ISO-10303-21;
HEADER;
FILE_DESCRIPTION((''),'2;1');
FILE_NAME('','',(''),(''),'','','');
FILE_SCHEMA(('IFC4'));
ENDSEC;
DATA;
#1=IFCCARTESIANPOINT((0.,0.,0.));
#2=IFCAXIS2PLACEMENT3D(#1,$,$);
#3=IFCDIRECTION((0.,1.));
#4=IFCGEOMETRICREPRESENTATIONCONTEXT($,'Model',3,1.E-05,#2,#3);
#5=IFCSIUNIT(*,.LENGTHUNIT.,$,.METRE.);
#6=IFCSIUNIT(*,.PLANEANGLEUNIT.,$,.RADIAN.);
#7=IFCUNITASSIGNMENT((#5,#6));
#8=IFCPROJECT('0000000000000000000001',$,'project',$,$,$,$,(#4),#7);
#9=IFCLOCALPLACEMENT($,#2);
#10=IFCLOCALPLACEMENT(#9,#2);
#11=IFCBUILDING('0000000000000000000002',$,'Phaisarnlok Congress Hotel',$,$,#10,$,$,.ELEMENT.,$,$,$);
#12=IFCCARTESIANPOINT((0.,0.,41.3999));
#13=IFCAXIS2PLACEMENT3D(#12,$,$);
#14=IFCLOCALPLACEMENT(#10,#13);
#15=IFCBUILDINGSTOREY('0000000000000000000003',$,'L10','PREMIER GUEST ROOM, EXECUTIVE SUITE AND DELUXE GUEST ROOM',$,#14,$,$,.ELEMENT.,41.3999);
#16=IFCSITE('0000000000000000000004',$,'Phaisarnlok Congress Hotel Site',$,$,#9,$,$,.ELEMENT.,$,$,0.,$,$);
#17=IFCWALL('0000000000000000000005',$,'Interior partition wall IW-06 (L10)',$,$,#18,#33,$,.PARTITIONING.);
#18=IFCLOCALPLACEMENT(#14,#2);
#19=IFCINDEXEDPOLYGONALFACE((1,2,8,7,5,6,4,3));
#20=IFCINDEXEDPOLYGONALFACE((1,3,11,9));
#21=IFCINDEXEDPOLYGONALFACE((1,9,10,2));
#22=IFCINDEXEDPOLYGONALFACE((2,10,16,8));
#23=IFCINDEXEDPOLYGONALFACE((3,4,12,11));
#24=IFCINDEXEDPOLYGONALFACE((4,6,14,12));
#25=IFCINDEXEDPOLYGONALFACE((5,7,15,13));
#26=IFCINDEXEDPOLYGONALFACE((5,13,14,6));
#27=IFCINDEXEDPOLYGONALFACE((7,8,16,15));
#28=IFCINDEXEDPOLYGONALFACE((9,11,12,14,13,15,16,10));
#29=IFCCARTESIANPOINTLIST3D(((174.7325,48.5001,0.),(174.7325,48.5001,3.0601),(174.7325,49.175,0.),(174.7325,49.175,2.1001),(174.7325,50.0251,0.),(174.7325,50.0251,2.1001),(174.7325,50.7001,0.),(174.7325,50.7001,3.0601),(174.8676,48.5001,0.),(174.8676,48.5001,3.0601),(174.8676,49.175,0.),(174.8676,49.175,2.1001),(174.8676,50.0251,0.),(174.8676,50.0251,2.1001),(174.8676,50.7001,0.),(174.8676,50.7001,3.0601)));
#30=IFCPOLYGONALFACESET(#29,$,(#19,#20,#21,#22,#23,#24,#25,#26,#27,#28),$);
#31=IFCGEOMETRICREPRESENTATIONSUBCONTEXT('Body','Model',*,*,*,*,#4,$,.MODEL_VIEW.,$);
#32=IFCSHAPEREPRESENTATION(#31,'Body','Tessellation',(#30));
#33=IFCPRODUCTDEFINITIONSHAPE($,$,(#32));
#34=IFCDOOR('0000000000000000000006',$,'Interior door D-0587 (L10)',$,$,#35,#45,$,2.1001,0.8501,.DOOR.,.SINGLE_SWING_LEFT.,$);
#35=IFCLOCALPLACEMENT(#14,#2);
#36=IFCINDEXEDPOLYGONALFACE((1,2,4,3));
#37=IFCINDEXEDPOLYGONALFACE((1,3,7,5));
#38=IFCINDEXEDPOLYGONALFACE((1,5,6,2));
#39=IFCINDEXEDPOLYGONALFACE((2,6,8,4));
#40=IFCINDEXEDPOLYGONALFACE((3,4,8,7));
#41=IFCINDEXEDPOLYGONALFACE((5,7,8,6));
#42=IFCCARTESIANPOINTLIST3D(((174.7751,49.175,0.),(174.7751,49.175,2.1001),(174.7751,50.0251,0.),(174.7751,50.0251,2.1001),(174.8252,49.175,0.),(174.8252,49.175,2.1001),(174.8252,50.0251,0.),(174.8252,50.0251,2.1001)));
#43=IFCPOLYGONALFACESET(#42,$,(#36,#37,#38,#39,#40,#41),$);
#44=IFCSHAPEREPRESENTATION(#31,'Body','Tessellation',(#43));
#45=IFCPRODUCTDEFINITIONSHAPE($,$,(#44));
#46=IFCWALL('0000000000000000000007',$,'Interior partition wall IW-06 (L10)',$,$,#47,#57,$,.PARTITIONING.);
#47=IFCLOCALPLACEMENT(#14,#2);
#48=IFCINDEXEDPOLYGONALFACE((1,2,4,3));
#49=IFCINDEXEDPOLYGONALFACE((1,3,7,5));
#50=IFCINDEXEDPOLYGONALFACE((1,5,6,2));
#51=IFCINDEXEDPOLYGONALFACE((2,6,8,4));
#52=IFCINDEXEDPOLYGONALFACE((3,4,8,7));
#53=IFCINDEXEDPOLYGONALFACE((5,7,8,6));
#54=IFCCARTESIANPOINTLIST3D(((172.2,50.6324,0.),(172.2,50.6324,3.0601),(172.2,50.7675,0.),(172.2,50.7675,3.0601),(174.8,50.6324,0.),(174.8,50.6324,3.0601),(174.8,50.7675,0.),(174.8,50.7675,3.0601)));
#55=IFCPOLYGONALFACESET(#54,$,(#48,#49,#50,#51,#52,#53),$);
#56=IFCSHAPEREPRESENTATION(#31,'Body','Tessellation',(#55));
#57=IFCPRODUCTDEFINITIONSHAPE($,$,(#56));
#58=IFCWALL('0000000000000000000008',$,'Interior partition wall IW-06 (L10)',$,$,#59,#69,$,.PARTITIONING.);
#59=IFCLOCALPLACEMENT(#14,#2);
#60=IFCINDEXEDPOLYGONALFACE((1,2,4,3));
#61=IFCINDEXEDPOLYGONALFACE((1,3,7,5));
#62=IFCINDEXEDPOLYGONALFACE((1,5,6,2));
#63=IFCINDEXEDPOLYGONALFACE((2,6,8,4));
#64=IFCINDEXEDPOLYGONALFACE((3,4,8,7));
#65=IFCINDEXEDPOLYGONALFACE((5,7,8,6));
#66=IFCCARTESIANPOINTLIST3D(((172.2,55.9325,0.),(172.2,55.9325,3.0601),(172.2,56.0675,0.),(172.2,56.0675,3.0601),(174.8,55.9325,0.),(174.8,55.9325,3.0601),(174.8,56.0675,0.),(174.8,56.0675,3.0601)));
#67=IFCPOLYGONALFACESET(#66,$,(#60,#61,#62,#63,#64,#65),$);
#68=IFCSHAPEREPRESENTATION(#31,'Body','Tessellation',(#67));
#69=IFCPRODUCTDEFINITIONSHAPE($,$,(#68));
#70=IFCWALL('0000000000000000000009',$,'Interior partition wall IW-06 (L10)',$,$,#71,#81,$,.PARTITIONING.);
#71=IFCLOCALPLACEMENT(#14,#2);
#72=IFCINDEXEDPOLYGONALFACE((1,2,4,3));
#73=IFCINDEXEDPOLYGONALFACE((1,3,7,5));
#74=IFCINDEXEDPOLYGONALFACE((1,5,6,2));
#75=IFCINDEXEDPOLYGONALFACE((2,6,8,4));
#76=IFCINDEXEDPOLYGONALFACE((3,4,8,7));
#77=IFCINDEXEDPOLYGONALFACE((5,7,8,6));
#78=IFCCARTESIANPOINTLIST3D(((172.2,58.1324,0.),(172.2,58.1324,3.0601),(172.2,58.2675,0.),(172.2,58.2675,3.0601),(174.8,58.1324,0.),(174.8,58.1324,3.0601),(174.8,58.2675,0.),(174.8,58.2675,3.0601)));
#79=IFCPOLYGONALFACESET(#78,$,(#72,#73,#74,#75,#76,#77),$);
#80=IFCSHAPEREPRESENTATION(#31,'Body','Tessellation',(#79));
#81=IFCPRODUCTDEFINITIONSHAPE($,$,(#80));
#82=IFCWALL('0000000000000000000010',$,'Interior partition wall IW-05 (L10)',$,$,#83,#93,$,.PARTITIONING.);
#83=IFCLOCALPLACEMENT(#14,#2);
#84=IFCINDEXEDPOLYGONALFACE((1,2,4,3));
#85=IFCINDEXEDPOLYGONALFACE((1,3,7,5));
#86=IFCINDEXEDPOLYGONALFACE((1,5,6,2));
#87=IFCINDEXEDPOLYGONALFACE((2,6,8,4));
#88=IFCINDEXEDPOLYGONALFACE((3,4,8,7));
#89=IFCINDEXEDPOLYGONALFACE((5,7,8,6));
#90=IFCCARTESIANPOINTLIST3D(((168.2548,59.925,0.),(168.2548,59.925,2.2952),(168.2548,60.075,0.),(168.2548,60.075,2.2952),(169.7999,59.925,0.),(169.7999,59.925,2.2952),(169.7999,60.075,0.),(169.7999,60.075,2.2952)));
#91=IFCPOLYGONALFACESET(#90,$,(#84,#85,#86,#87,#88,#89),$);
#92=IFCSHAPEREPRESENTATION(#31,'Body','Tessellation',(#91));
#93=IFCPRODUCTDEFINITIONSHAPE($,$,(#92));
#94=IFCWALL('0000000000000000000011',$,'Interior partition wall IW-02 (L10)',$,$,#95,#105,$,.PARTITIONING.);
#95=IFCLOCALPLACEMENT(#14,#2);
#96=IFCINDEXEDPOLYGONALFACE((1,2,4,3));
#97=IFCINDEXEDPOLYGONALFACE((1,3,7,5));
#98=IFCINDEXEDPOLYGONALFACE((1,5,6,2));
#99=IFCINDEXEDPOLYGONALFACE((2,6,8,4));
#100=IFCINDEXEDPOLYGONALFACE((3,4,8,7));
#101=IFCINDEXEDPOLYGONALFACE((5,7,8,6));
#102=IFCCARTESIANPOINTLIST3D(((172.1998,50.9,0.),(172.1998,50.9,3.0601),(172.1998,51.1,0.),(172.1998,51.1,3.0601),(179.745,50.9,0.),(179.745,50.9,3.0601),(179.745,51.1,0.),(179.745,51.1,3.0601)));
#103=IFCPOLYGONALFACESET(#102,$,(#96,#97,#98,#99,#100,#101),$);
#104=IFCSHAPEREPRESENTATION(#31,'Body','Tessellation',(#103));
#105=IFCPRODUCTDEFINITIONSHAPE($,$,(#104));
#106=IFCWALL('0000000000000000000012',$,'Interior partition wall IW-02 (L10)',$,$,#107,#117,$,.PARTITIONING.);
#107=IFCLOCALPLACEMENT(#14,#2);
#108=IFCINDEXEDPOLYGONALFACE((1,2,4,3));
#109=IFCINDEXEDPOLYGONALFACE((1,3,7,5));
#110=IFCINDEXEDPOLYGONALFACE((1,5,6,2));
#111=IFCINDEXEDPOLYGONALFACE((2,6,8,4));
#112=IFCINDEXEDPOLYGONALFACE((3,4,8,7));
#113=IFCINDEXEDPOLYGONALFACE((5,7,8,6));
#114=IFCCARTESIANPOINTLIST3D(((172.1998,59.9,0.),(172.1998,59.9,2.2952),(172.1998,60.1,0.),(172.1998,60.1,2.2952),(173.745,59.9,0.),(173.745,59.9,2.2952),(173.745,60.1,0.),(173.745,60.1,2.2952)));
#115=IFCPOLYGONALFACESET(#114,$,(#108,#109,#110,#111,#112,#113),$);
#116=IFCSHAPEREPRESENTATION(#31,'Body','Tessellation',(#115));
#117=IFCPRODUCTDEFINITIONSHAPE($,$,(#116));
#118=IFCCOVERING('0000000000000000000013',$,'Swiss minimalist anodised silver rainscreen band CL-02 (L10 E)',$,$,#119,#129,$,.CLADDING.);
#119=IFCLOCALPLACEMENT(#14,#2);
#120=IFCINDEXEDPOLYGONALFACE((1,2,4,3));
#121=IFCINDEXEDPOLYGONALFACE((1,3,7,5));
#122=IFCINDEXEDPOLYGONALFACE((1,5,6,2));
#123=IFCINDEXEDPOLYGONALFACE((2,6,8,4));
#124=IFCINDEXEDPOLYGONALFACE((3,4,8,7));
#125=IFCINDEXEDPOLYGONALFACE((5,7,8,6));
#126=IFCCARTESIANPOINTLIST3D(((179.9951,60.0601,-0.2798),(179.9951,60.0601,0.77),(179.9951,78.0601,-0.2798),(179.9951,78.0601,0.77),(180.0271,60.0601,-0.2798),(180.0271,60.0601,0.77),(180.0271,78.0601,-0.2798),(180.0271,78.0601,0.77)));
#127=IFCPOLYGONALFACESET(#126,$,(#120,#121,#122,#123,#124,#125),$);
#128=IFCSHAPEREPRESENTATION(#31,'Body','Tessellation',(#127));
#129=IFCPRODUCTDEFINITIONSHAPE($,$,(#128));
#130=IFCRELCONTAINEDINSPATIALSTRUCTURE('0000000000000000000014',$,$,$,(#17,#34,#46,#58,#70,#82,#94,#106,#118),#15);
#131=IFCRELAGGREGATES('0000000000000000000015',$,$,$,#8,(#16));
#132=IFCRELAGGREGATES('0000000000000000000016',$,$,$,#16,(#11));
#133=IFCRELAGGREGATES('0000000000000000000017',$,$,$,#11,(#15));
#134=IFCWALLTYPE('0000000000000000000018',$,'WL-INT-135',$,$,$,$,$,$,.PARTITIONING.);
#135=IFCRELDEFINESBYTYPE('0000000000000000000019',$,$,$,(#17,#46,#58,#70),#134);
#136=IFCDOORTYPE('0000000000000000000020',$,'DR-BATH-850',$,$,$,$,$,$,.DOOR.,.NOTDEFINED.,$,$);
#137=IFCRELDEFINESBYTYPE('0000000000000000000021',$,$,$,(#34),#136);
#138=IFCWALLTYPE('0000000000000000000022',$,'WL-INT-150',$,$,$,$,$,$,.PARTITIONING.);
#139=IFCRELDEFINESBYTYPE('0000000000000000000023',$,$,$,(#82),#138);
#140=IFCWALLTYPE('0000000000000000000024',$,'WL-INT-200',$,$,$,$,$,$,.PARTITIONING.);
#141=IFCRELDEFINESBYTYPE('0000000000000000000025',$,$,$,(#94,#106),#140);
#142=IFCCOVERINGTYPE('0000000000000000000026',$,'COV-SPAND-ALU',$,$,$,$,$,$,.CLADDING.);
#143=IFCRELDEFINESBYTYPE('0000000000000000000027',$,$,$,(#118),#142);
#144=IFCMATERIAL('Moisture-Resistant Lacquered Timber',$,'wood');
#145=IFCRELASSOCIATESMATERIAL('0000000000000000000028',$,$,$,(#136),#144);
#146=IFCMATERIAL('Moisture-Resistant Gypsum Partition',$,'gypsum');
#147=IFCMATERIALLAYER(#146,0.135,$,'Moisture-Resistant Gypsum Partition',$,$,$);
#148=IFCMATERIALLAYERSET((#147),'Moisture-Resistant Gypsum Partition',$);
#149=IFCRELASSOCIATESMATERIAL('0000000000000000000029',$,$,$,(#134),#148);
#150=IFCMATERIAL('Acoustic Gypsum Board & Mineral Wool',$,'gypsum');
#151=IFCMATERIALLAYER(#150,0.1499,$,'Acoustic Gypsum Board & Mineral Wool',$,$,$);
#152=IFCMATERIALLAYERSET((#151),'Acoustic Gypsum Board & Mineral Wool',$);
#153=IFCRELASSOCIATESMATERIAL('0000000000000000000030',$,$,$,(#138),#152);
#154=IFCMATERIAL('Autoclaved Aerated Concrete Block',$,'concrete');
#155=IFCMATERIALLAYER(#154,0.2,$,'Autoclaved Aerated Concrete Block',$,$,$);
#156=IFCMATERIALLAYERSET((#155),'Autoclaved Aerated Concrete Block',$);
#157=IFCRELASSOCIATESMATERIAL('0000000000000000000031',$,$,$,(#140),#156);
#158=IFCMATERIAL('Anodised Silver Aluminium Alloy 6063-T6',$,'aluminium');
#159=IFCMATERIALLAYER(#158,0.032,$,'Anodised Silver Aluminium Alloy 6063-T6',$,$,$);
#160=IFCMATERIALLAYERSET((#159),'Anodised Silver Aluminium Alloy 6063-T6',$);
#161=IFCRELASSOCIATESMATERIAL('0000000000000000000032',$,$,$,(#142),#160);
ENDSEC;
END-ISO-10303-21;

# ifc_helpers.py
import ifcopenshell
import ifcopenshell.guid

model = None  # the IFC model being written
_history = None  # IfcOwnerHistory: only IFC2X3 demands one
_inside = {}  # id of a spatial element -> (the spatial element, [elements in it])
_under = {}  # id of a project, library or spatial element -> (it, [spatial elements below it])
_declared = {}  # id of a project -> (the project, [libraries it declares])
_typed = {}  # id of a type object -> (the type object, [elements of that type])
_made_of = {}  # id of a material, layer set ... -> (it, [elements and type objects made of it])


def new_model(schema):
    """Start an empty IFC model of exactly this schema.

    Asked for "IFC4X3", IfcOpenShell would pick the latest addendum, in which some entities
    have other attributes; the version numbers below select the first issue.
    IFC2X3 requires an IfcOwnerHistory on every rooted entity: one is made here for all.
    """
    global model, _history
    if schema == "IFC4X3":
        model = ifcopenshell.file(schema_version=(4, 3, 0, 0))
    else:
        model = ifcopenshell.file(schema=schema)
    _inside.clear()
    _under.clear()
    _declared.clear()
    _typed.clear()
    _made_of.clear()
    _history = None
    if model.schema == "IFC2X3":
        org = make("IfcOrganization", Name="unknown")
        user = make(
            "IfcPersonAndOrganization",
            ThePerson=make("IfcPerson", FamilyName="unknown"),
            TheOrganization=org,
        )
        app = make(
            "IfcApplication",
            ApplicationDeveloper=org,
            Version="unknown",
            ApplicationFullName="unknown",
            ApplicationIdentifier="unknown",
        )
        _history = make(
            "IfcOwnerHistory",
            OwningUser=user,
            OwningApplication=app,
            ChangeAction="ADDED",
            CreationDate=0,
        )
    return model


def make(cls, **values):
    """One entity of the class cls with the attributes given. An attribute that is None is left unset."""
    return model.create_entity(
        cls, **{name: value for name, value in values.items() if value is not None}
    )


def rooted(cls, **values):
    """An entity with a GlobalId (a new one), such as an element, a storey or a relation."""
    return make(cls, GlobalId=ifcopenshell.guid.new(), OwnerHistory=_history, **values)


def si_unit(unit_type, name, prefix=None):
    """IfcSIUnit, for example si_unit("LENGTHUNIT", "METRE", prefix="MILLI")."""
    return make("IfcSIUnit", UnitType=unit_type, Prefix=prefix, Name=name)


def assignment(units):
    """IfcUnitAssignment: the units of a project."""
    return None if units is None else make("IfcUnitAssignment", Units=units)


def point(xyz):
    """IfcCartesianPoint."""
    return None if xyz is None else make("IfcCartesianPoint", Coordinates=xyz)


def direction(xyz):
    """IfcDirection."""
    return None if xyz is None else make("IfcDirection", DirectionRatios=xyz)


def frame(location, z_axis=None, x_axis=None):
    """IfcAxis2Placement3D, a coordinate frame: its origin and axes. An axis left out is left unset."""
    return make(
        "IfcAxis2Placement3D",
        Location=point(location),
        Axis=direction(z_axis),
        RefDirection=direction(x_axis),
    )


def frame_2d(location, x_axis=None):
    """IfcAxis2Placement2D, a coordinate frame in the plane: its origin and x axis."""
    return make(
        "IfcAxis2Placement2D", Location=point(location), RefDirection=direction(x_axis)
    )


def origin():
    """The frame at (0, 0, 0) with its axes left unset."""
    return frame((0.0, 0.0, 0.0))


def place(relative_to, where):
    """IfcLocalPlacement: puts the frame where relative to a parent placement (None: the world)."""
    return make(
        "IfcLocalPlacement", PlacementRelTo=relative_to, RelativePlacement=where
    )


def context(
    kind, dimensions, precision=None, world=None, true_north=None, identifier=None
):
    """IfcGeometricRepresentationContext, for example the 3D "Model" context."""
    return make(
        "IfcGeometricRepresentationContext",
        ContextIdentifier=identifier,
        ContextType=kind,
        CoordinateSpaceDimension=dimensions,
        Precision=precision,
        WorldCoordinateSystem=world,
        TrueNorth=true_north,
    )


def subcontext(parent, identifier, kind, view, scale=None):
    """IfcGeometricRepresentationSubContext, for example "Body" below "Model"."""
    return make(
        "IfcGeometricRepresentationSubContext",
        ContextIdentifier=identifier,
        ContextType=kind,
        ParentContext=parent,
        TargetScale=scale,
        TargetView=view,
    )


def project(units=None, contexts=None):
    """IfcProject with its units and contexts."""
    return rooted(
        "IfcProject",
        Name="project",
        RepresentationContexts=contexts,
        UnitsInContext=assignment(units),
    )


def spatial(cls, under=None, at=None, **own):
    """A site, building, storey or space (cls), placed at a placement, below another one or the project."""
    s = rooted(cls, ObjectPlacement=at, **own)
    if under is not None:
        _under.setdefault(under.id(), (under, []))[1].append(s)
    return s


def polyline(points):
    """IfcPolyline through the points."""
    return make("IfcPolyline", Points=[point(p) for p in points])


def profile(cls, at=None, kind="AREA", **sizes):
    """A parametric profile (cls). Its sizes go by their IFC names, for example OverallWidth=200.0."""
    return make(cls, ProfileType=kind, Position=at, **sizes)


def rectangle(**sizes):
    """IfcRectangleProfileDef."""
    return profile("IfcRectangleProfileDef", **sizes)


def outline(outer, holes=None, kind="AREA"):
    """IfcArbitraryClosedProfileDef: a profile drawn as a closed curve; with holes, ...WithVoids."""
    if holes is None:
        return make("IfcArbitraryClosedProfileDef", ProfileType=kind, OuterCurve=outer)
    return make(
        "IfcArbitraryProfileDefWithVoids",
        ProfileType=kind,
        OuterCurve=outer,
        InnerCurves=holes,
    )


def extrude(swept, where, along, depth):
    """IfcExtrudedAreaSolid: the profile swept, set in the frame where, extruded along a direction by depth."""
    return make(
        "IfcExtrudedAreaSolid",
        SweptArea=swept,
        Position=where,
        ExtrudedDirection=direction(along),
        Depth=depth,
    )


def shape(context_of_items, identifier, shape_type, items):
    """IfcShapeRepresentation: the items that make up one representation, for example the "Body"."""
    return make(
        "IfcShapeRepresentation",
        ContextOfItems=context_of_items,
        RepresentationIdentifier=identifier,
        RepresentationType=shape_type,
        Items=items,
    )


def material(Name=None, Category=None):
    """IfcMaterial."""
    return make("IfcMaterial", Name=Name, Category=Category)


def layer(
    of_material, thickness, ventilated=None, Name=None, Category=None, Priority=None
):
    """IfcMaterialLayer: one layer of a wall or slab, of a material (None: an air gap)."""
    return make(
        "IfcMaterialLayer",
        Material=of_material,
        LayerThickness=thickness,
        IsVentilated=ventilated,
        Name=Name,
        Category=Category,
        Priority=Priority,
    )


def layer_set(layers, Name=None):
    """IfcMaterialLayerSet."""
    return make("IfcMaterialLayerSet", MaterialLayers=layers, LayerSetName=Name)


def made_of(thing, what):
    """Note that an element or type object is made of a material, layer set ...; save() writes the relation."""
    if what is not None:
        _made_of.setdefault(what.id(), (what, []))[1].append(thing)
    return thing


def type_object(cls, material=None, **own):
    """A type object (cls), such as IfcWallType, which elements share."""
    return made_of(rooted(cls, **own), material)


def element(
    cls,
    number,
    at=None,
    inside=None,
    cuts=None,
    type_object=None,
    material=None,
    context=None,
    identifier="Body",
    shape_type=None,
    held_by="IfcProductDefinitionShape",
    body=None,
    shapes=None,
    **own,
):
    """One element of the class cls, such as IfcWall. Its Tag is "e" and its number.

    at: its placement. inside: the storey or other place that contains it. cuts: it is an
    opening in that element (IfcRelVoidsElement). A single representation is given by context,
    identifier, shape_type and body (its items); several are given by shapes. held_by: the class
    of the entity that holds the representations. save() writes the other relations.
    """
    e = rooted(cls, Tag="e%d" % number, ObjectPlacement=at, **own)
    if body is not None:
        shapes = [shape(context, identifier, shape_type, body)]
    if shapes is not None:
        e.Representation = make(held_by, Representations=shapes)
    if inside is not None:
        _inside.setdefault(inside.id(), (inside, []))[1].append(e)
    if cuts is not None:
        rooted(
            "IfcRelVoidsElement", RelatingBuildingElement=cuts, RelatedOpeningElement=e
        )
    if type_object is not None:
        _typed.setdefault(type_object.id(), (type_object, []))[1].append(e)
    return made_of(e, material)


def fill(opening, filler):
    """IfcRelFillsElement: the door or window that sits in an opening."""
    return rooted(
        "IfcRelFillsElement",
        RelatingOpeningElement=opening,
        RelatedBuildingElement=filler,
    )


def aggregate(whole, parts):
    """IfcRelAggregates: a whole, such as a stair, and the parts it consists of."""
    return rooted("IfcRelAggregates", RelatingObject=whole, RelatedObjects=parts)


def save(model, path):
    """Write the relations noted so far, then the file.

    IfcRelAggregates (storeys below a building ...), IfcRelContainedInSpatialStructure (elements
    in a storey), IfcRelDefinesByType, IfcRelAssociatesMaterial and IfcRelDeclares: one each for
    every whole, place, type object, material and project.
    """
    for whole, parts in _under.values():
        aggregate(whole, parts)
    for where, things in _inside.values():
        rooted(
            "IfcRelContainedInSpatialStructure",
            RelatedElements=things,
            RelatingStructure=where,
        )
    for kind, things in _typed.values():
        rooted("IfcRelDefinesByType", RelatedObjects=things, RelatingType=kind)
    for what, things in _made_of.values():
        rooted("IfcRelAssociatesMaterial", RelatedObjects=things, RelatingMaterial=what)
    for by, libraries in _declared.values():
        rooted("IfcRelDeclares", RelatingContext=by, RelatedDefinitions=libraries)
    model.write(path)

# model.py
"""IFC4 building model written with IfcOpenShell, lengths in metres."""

from ifc_helpers import new_model, si_unit, direction, frame, frame_2d, origin, place, context, subcontext, project, spatial, polyline, rectangle, outline, extrude, material, layer, layer_set, type_object, element, fill, save


model = new_model("IFC4")

# Units and contexts
model_context = context("Model", 3, precision=1e-05, world=origin(), true_north=direction((0.0, 1.0)))
body_context = subcontext(model_context, "Body", "Model", "MODEL_VIEW")
ifc_project = project(units=[si_unit("LENGTHUNIT", "METRE"), si_unit("PLANEANGLEUNIT", "RADIAN")], contexts=[model_context])

# Site, building, storey
site_placement = place(None, origin())
site = spatial("IfcSite", under=ifc_project, at=site_placement, Name="Phaisarnlok Congress Hotel Site", CompositionType="ELEMENT", RefElevation=0.0)
building_placement = place(site_placement, origin())
building = spatial("IfcBuilding", under=site, at=building_placement, Name="Phaisarnlok Congress Hotel", CompositionType="ELEMENT")
storey_placement = place(building_placement, frame((0.0, 0.0, 41.3999)))
storey = spatial("IfcBuildingStorey", under=building, at=storey_placement, Name="L10", Description="PREMIER GUEST ROOM, EXECUTIVE SUITE AND DELUXE GUEST ROOM", CompositionType="ELEMENT", Elevation=41.3999)

# Wall, opening, door
ifc_material_1 = material(Name="Moisture-Resistant Lacquered Timber", Category="wood")
door_type = type_object("IfcDoorType", Name="DR-BATH-850", OperationType="NOTDEFINED", PredefinedType="DOOR", material=ifc_material_1)
ifc_material_2 = material(Name="Moisture-Resistant Gypsum Partition", Category="gypsum")
ifc_layer_1 = layer(ifc_material_2, 0.135, Name="Moisture-Resistant Gypsum Partition")
ifc_layer_set_1 = layer_set([ifc_layer_1], Name="Moisture-Resistant Gypsum Partition")
wall_type_1 = type_object("IfcWallType", Name="WL-INT-135", PredefinedType="PARTITIONING", material=ifc_layer_set_1)
wall_1_placement = place(storey_placement, frame((174.8, 48.5, 0.0), z_axis=(0.0, 0.0, 1.0), x_axis=(0.0, 1.0, 0.0)))
wall_1 = element("IfcWall", 1, at=wall_1_placement, inside=storey, type_object=wall_type_1, Name="Interior partition wall IW-06 (L10)", PredefinedType="PARTITIONING", context=body_context, shape_type="SweptSolid", body=[
    extrude(rectangle(XDim=2.2, YDim=0.135, at=frame_2d((1.1001, 0.0))), origin(), (0.0, 0.0, 1.0), 3.0601),
])
opening_1_placement = place(wall_1_placement, frame((0.675, 0.0, 0.0)))
opening_1 = element("IfcOpeningElement", 2, at=opening_1_placement, cuts=wall_1, PredefinedType="OPENING", context=body_context, shape_type="SweptSolid", body=[
    extrude(rectangle(XDim=0.8501, YDim=2.1001, at=frame_2d((0.425, 1.05))), frame((0.0, 0.0776, 0.0), z_axis=(0.0, -1.0, 0.0), x_axis=(1.0, 0.0, 0.0)), (0.0, 0.0, 1.0), 0.155),
])
door_1_placement = place(opening_1_placement, origin())
door_1 = element("IfcDoor", 3, at=door_1_placement, inside=storey, type_object=door_type, Name="Interior door D-0587 (L10)", OperationType="SINGLE_SWING_LEFT", OverallHeight=2.1001, OverallWidth=0.8501, PredefinedType="DOOR", context=body_context, shape_type="SweptSolid", body=[
    extrude(rectangle(XDim=0.8501, YDim=2.1001, at=frame_2d((0.425, 1.05))), frame((0.0, 0.0249, 0.0), z_axis=(0.0, -1.0, 0.0), x_axis=(1.0, 0.0, 0.0)), (0.0, 0.0, 1.0), 0.05),
])
fill(opening_1, door_1)

# Walls
for number, where, z_axis, x_axis, name in (
    (4, (172.2, 50.7, 0.0), (0.0, 0.0, 1.0), (1.0, 0.0, 0.0), "Interior partition wall IW-06 (L10)"),
    (5, (172.2, 56.0, 0.0), (0.0, 0.0, 1.0), (1.0, 0.0, 0.0), "Interior partition wall IW-06 (L10)"),
    (6, (172.2, 58.2, 0.0), (0.0, 0.0, 1.0), (1.0, 0.0, 0.0), "Interior partition wall IW-06 (L10)"),
):
    element("IfcWall", number, at=place(storey_placement, frame(where, z_axis=z_axis, x_axis=x_axis)), inside=storey, type_object=wall_type_1, Name=name, PredefinedType="PARTITIONING", context=body_context, shape_type="SweptSolid", body=[
        extrude(rectangle(XDim=2.6001, YDim=0.135, at=frame_2d((1.3, 0.0))), origin(), (0.0, 0.0, 1.0), 3.0601),
    ])
ifc_material_3 = material(Name="Acoustic Gypsum Board & Mineral Wool", Category="gypsum")
ifc_layer_2 = layer(ifc_material_3, 0.1499, Name="Acoustic Gypsum Board & Mineral Wool")
ifc_layer_set_2 = layer_set([ifc_layer_2], Name="Acoustic Gypsum Board & Mineral Wool")
wall_type_2 = type_object("IfcWallType", Name="WL-INT-150", PredefinedType="PARTITIONING", material=ifc_layer_set_2)
wall_2_placement = place(storey_placement, frame((168.2549, 60.0, 0.0), z_axis=(0.0, 0.0, 1.0), x_axis=(1.0, 0.0, 0.0)))
element("IfcWall", 7, at=wall_2_placement, inside=storey, type_object=wall_type_2, Name="Interior partition wall IW-05 (L10)", PredefinedType="PARTITIONING", context=body_context, shape_type="SweptSolid", body=[
    extrude(rectangle(XDim=1.5452, YDim=0.1499, at=frame_2d((0.7725, 0.0))), origin(), (0.0, 0.0, 1.0), 2.2952),
])
ifc_material_4 = material(Name="Autoclaved Aerated Concrete Block", Category="concrete")
ifc_layer_3 = layer(ifc_material_4, 0.2, Name="Autoclaved Aerated Concrete Block")
ifc_layer_set_3 = layer_set([ifc_layer_3], Name="Autoclaved Aerated Concrete Block")
wall_type_3 = type_object("IfcWallType", Name="WL-INT-200", PredefinedType="PARTITIONING", material=ifc_layer_set_3)
wall_3_placement = place(storey_placement, frame((172.2, 51.0, 0.0), z_axis=(0.0, 0.0, 1.0), x_axis=(1.0, 0.0, 0.0)))
element("IfcWall", 8, at=wall_3_placement, inside=storey, type_object=wall_type_3, Name="Interior partition wall IW-02 (L10)", PredefinedType="PARTITIONING", context=body_context, shape_type="SweptSolid", body=[
    extrude(rectangle(XDim=7.5452, YDim=0.2, at=frame_2d((3.7725, 0.0))), origin(), (0.0, 0.0, 1.0), 3.0601),
])
wall_4_placement = place(storey_placement, frame((172.2, 60.0, 0.0), z_axis=(0.0, 0.0, 1.0), x_axis=(1.0, 0.0, 0.0)))
element("IfcWall", 9, at=wall_4_placement, inside=storey, type_object=wall_type_3, Name="Interior partition wall IW-02 (L10)", PredefinedType="PARTITIONING", context=body_context, shape_type="SweptSolid", body=[
    extrude(rectangle(XDim=1.5452, YDim=0.2, at=frame_2d((0.7725, 0.0))), origin(), (0.0, 0.0, 1.0), 2.2952),
])

# Covering
ifc_material_5 = material(Name="Anodised Silver Aluminium Alloy 6063-T6", Category="aluminium")
ifc_layer_4 = layer(ifc_material_5, 0.032, Name="Anodised Silver Aluminium Alloy 6063-T6")
ifc_layer_set_4 = layer_set([ifc_layer_4], Name="Anodised Silver Aluminium Alloy 6063-T6")
covering_type = type_object("IfcCoveringType", Name="COV-SPAND-ALU", PredefinedType="CLADDING", material=ifc_layer_set_4)
covering_placement = place(storey_placement, frame((179.9951, 60.0601, -0.2798), z_axis=(1.0, 0.0, 0.0), x_axis=(0.0, 1.0, 0.0)))
element("IfcCovering", 10, at=covering_placement, inside=storey, type_object=covering_type, Name="Swiss minimalist anodised silver rainscreen band CL-02 (L10 E)", PredefinedType="CLADDING", context=body_context, shape_type="SweptSolid", body=[
    extrude(outline(polyline([(0.0, 0.0), (18.0, 0.0), (18.0, 1.0498), (0.0, 1.0498), (0.0, 0.0)])), origin(), (0.0, 0.0, 1.0), 0.032),
])

save(model, "model.ifc")
